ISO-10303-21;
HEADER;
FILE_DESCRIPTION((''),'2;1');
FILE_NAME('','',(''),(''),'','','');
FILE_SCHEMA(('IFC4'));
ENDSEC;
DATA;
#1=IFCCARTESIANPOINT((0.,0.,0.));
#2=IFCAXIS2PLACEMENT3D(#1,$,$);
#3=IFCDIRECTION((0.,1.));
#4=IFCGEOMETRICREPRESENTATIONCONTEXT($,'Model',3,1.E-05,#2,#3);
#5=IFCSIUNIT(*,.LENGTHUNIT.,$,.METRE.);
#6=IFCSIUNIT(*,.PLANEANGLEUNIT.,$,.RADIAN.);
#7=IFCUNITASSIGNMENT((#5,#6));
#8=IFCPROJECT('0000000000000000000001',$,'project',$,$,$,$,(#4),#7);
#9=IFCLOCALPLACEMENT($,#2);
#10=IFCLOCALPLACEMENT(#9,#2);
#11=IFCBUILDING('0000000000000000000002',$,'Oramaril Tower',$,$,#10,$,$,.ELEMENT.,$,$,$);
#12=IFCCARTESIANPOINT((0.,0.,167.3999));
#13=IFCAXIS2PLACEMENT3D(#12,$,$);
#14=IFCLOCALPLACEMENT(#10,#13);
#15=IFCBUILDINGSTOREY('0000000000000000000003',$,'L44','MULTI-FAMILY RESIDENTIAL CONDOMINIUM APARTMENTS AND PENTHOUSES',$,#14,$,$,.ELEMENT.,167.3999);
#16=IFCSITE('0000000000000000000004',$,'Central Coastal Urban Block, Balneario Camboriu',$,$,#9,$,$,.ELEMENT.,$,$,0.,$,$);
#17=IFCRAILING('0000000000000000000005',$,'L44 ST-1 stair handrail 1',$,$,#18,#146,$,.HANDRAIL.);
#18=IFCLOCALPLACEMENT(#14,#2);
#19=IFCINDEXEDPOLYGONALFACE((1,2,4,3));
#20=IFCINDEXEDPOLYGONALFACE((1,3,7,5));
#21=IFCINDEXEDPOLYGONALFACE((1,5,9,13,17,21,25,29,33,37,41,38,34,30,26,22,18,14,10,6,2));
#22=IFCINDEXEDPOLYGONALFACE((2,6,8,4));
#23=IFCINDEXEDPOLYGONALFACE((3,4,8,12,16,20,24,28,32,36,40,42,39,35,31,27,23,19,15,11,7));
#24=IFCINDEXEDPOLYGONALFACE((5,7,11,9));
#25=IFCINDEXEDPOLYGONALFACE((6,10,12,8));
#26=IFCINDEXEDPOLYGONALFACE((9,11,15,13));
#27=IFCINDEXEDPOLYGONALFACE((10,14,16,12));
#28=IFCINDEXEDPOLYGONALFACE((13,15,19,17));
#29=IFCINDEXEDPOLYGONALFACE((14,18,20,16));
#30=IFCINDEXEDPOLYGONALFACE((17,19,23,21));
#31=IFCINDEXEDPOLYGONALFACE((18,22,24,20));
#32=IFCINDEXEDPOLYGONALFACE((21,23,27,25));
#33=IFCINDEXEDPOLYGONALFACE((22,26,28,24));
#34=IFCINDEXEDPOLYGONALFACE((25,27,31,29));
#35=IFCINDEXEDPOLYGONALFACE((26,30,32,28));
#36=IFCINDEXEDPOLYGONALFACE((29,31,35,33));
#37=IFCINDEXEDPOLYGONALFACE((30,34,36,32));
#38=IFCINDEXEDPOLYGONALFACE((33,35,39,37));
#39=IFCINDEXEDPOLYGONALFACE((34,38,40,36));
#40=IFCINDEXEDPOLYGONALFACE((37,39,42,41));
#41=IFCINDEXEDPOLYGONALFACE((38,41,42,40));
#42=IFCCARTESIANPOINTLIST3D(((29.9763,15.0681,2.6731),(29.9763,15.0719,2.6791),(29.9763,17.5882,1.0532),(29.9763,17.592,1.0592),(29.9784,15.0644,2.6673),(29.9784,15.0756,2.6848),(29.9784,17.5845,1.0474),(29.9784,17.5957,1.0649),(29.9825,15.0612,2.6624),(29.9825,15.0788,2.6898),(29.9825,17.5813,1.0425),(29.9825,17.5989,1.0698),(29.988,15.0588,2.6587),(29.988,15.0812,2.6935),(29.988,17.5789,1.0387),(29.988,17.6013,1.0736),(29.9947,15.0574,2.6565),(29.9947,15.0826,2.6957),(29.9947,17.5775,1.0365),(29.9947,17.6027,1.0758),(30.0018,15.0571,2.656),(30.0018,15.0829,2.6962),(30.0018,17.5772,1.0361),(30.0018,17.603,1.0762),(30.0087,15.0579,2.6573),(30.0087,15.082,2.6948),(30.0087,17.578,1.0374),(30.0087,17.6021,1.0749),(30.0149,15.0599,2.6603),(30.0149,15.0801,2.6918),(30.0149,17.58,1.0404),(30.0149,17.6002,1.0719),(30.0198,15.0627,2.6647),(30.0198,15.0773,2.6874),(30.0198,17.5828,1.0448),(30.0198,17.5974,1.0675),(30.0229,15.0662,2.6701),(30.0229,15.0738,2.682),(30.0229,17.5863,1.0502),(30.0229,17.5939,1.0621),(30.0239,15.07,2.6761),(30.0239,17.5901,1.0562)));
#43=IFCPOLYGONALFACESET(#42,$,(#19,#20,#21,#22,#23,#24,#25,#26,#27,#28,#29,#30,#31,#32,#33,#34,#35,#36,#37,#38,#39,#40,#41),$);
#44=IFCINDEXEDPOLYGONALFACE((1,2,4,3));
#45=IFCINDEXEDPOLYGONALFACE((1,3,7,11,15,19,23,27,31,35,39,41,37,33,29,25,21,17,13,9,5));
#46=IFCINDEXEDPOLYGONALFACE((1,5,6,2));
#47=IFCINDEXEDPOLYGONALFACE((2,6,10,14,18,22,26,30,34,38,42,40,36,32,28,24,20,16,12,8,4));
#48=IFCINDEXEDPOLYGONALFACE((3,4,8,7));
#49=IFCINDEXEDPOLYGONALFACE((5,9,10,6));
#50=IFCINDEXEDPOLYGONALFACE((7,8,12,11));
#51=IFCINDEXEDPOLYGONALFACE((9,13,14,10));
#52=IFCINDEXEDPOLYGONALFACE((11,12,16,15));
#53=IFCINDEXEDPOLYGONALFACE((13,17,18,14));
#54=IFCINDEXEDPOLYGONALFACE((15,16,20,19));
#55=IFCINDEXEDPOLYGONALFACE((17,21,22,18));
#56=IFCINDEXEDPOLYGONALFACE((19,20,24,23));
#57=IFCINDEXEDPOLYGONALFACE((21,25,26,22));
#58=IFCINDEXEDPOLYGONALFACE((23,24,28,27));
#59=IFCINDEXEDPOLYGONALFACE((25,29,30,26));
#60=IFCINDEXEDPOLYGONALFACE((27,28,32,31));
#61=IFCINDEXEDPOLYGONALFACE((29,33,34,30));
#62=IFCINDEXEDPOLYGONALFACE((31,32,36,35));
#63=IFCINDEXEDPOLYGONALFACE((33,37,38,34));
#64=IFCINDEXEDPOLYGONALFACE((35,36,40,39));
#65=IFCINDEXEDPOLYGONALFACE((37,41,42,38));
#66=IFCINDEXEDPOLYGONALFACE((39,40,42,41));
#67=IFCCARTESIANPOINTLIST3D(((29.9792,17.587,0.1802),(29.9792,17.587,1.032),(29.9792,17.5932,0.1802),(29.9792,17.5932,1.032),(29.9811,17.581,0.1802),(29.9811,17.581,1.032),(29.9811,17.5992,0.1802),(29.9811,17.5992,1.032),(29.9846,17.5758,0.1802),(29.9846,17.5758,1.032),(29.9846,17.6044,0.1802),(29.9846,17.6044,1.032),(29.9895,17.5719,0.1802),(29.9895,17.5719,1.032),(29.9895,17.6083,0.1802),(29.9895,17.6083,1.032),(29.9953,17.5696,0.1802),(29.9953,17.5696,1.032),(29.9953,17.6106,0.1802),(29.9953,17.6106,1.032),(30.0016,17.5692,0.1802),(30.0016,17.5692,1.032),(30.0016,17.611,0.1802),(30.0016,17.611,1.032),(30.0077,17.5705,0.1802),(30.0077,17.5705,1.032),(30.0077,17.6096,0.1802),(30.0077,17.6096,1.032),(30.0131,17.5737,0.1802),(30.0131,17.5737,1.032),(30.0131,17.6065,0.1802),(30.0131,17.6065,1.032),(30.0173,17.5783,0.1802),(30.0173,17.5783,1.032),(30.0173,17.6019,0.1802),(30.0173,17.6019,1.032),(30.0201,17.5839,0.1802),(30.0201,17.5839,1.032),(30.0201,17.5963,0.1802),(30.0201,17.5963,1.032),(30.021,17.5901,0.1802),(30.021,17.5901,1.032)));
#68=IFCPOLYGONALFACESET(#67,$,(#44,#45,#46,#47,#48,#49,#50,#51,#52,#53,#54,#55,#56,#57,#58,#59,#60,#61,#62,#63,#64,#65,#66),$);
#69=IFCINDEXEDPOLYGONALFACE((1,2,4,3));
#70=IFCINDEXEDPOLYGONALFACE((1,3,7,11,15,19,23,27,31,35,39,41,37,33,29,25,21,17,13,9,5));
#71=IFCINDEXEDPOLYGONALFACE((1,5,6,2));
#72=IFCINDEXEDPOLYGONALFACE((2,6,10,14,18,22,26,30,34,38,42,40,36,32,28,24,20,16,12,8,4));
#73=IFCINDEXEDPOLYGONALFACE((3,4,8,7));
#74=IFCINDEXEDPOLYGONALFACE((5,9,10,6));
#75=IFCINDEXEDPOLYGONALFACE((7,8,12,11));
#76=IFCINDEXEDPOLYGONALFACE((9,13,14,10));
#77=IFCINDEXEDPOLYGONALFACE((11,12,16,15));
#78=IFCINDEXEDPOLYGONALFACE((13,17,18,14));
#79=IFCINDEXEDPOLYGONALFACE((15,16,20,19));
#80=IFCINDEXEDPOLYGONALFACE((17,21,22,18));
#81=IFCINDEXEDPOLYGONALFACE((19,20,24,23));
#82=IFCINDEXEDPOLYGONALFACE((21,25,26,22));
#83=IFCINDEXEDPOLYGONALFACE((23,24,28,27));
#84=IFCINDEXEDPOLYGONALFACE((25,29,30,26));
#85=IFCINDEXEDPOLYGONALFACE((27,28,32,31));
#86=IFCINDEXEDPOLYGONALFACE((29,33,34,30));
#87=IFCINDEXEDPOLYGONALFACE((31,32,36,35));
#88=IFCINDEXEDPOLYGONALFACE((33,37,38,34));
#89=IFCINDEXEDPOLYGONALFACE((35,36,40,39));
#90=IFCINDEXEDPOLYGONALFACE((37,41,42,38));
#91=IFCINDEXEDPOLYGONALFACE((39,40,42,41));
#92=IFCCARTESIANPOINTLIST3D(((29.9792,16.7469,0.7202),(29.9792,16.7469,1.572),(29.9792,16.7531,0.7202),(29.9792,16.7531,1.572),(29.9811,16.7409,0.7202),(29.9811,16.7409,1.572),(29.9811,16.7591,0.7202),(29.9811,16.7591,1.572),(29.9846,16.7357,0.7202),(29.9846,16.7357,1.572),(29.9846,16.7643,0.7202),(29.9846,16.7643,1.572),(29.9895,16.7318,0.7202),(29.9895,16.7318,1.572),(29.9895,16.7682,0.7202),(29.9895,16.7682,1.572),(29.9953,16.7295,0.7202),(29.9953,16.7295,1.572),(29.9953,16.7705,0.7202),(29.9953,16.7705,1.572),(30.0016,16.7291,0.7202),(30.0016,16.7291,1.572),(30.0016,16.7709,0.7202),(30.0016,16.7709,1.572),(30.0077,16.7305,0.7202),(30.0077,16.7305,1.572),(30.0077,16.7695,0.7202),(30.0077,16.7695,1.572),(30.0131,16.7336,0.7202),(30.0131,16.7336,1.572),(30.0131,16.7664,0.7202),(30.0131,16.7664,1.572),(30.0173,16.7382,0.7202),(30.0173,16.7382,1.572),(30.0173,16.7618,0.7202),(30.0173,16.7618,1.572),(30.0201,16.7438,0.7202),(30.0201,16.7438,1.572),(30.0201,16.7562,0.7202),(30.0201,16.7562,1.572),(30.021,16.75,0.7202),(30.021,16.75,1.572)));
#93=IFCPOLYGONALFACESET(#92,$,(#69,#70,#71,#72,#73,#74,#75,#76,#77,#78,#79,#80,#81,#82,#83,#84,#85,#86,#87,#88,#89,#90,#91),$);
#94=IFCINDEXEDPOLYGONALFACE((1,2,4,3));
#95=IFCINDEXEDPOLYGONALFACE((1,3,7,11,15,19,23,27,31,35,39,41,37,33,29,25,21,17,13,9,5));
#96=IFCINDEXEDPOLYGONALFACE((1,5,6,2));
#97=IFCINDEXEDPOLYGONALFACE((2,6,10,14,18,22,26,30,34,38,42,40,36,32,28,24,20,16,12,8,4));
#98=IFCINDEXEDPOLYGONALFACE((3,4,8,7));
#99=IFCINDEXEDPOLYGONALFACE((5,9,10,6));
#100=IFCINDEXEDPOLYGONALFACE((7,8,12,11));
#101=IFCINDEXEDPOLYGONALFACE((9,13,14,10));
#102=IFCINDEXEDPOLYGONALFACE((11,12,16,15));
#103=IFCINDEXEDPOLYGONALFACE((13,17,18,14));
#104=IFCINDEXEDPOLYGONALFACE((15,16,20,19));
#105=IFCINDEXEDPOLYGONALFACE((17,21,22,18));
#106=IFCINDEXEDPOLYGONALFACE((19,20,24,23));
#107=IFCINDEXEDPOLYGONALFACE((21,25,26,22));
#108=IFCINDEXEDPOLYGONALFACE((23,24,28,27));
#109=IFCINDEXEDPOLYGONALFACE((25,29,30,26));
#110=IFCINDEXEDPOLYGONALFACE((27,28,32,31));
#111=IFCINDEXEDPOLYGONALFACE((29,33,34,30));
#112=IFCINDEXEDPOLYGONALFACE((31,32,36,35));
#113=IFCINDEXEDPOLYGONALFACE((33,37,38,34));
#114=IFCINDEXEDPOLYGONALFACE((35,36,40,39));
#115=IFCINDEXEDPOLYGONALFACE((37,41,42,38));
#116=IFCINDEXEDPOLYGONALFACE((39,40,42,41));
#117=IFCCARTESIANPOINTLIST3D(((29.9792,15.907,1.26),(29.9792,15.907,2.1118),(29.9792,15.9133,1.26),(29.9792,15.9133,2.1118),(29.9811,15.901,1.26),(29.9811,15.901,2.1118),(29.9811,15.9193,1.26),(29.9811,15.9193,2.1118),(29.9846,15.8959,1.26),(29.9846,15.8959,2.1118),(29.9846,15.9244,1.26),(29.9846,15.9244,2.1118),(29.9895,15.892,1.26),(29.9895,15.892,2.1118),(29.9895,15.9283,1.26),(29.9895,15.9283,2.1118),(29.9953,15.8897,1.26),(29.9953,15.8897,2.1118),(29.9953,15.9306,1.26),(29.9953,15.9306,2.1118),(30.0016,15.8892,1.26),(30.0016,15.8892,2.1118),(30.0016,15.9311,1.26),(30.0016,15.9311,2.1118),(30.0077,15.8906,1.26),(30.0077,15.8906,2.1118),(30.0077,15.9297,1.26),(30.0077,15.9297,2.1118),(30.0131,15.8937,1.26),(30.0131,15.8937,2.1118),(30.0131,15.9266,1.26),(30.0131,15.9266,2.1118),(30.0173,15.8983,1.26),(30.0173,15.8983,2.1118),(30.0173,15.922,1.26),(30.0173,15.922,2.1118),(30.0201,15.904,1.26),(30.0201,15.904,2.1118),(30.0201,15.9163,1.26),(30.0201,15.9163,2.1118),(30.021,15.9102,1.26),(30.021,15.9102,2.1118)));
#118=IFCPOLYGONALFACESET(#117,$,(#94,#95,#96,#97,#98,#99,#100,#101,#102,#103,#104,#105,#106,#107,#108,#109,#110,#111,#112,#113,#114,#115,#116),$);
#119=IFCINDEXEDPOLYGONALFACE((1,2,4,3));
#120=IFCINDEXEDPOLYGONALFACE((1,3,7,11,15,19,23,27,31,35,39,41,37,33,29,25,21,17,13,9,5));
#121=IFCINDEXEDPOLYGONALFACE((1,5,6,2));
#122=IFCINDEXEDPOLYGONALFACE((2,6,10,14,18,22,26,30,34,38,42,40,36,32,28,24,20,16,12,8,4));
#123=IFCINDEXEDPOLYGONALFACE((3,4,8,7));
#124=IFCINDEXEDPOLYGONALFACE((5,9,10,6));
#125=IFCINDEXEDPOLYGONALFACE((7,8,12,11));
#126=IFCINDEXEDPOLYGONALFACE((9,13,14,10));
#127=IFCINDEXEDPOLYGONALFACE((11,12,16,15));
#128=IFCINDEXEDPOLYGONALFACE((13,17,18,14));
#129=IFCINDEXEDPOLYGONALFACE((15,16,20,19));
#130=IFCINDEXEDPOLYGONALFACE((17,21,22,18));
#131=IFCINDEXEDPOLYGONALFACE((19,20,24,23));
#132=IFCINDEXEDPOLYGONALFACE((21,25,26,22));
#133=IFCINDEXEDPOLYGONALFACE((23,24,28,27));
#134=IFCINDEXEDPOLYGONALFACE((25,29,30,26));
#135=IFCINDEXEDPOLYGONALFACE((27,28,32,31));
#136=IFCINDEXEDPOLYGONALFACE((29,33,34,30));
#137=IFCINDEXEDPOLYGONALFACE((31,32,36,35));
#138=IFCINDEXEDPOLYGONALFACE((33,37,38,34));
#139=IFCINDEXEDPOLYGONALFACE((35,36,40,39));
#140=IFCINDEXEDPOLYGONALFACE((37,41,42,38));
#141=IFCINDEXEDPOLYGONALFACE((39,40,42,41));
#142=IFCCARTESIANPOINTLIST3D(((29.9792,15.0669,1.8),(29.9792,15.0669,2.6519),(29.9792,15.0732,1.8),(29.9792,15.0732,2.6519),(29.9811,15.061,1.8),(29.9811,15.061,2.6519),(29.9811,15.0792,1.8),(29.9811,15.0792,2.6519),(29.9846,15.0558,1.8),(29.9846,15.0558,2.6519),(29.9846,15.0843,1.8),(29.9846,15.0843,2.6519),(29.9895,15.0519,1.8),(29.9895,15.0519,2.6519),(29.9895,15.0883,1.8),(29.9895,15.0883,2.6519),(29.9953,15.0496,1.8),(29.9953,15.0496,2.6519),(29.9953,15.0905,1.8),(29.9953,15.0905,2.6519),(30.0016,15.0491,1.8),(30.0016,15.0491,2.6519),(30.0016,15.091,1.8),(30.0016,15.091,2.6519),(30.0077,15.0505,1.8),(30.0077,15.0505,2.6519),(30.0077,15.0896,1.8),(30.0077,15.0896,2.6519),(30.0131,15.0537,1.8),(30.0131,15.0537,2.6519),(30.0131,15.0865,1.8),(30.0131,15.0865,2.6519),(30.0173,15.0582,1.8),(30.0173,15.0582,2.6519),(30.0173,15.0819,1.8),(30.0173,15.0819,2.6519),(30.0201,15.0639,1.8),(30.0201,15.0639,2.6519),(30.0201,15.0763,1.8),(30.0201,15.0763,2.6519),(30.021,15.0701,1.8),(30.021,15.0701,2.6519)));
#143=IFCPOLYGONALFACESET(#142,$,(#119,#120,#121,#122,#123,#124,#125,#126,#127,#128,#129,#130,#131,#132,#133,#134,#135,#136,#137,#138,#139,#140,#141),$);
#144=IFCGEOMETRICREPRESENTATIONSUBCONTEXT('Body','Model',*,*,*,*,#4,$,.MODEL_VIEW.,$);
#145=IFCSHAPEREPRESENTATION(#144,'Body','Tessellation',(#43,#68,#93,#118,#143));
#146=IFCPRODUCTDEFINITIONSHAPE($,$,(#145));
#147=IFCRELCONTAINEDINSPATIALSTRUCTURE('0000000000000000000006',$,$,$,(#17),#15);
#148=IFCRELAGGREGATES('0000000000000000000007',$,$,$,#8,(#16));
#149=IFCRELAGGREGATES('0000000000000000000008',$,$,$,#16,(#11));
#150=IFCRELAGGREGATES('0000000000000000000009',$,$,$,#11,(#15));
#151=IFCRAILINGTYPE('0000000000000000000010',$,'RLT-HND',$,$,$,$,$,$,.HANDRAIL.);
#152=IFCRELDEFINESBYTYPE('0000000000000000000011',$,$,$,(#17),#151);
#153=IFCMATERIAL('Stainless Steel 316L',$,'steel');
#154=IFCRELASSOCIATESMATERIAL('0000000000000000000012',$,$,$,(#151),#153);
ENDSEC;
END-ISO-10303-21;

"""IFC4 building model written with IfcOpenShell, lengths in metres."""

from ifc_helpers import new_model, si_unit, direction, frame, origin, origin_2d, place, context, subcontext, project, spatial, circle, extrude, material, type_object, element, save


model = new_model("IFC4")

# Units and contexts
model_context = context("Model", 3, precision=1e-05, world=origin(), true_north=direction((0.0, 1.0)))
body_context = subcontext(model_context, "Body", "Model", "MODEL_VIEW")
ifc_project = project(units=[si_unit("LENGTHUNIT", "METRE"), si_unit("PLANEANGLEUNIT", "RADIAN")], contexts=[model_context])

# Site, building, storey
site_placement = place(None, origin())
site = spatial("IfcSite", under=ifc_project, at=site_placement, Name="Central Coastal Urban Block, Balneario Camboriu", CompositionType="ELEMENT", RefElevation=0.0)
building_placement = place(site_placement, origin())
building = spatial("IfcBuilding", under=site, at=building_placement, Name="Oramaril Tower", CompositionType="ELEMENT")
storey_placement = place(building_placement, frame((0.0, 0.0, 167.3999)))
storey = spatial("IfcBuildingStorey", under=building, at=storey_placement, Name="L44", Description="MULTI-FAMILY RESIDENTIAL CONDOMINIUM APARTMENTS AND PENTHOUSES", CompositionType="ELEMENT", Elevation=167.3999)

# Railing
ifc_material_1 = material(Name="Stainless Steel 316L", Category="steel")
railing_type_1 = type_object("IfcRailingType", Name="RLT-HND", PredefinedType="HANDRAIL", material=ifc_material_1)
railing_1_placement = place(storey_placement, frame((30.0, 17.5901, 0.1802)))
element("IfcRailing", 1, at=railing_1_placement, inside=storey, type_object=railing_type_1, Name="L44 ST-1 stair handrail 1", PredefinedType="HANDRAIL", context=body_context, shape_type="SweptSolid", body=[
    extrude(circle(Radius=0.0239, at=origin_2d()), frame((0.0, 0.0, 0.876), z_axis=(0.0, -0.8412, 0.540725), x_axis=(1.0, 0.0, 0.0)), (0.0, 0.0, 1.0), 2.9958),
    extrude(circle(Radius=0.021, at=origin_2d()), origin(), (0.0, 0.0, 1.0), 0.8518),
    extrude(circle(Radius=0.021, at=origin_2d()), frame((0.0, -0.8401, 0.54)), (0.0, 0.0, 1.0), 0.8518),
    extrude(circle(Radius=0.021, at=origin_2d()), frame((0.0, -1.6799, 1.0798)), (0.0, 0.0, 1.0), 0.8518),
    extrude(circle(Radius=0.021, at=origin_2d()), frame((0.0, -2.52, 1.6199)), (0.0, 0.0, 1.0), 0.8518),
])

save(model, "model.ifc")
